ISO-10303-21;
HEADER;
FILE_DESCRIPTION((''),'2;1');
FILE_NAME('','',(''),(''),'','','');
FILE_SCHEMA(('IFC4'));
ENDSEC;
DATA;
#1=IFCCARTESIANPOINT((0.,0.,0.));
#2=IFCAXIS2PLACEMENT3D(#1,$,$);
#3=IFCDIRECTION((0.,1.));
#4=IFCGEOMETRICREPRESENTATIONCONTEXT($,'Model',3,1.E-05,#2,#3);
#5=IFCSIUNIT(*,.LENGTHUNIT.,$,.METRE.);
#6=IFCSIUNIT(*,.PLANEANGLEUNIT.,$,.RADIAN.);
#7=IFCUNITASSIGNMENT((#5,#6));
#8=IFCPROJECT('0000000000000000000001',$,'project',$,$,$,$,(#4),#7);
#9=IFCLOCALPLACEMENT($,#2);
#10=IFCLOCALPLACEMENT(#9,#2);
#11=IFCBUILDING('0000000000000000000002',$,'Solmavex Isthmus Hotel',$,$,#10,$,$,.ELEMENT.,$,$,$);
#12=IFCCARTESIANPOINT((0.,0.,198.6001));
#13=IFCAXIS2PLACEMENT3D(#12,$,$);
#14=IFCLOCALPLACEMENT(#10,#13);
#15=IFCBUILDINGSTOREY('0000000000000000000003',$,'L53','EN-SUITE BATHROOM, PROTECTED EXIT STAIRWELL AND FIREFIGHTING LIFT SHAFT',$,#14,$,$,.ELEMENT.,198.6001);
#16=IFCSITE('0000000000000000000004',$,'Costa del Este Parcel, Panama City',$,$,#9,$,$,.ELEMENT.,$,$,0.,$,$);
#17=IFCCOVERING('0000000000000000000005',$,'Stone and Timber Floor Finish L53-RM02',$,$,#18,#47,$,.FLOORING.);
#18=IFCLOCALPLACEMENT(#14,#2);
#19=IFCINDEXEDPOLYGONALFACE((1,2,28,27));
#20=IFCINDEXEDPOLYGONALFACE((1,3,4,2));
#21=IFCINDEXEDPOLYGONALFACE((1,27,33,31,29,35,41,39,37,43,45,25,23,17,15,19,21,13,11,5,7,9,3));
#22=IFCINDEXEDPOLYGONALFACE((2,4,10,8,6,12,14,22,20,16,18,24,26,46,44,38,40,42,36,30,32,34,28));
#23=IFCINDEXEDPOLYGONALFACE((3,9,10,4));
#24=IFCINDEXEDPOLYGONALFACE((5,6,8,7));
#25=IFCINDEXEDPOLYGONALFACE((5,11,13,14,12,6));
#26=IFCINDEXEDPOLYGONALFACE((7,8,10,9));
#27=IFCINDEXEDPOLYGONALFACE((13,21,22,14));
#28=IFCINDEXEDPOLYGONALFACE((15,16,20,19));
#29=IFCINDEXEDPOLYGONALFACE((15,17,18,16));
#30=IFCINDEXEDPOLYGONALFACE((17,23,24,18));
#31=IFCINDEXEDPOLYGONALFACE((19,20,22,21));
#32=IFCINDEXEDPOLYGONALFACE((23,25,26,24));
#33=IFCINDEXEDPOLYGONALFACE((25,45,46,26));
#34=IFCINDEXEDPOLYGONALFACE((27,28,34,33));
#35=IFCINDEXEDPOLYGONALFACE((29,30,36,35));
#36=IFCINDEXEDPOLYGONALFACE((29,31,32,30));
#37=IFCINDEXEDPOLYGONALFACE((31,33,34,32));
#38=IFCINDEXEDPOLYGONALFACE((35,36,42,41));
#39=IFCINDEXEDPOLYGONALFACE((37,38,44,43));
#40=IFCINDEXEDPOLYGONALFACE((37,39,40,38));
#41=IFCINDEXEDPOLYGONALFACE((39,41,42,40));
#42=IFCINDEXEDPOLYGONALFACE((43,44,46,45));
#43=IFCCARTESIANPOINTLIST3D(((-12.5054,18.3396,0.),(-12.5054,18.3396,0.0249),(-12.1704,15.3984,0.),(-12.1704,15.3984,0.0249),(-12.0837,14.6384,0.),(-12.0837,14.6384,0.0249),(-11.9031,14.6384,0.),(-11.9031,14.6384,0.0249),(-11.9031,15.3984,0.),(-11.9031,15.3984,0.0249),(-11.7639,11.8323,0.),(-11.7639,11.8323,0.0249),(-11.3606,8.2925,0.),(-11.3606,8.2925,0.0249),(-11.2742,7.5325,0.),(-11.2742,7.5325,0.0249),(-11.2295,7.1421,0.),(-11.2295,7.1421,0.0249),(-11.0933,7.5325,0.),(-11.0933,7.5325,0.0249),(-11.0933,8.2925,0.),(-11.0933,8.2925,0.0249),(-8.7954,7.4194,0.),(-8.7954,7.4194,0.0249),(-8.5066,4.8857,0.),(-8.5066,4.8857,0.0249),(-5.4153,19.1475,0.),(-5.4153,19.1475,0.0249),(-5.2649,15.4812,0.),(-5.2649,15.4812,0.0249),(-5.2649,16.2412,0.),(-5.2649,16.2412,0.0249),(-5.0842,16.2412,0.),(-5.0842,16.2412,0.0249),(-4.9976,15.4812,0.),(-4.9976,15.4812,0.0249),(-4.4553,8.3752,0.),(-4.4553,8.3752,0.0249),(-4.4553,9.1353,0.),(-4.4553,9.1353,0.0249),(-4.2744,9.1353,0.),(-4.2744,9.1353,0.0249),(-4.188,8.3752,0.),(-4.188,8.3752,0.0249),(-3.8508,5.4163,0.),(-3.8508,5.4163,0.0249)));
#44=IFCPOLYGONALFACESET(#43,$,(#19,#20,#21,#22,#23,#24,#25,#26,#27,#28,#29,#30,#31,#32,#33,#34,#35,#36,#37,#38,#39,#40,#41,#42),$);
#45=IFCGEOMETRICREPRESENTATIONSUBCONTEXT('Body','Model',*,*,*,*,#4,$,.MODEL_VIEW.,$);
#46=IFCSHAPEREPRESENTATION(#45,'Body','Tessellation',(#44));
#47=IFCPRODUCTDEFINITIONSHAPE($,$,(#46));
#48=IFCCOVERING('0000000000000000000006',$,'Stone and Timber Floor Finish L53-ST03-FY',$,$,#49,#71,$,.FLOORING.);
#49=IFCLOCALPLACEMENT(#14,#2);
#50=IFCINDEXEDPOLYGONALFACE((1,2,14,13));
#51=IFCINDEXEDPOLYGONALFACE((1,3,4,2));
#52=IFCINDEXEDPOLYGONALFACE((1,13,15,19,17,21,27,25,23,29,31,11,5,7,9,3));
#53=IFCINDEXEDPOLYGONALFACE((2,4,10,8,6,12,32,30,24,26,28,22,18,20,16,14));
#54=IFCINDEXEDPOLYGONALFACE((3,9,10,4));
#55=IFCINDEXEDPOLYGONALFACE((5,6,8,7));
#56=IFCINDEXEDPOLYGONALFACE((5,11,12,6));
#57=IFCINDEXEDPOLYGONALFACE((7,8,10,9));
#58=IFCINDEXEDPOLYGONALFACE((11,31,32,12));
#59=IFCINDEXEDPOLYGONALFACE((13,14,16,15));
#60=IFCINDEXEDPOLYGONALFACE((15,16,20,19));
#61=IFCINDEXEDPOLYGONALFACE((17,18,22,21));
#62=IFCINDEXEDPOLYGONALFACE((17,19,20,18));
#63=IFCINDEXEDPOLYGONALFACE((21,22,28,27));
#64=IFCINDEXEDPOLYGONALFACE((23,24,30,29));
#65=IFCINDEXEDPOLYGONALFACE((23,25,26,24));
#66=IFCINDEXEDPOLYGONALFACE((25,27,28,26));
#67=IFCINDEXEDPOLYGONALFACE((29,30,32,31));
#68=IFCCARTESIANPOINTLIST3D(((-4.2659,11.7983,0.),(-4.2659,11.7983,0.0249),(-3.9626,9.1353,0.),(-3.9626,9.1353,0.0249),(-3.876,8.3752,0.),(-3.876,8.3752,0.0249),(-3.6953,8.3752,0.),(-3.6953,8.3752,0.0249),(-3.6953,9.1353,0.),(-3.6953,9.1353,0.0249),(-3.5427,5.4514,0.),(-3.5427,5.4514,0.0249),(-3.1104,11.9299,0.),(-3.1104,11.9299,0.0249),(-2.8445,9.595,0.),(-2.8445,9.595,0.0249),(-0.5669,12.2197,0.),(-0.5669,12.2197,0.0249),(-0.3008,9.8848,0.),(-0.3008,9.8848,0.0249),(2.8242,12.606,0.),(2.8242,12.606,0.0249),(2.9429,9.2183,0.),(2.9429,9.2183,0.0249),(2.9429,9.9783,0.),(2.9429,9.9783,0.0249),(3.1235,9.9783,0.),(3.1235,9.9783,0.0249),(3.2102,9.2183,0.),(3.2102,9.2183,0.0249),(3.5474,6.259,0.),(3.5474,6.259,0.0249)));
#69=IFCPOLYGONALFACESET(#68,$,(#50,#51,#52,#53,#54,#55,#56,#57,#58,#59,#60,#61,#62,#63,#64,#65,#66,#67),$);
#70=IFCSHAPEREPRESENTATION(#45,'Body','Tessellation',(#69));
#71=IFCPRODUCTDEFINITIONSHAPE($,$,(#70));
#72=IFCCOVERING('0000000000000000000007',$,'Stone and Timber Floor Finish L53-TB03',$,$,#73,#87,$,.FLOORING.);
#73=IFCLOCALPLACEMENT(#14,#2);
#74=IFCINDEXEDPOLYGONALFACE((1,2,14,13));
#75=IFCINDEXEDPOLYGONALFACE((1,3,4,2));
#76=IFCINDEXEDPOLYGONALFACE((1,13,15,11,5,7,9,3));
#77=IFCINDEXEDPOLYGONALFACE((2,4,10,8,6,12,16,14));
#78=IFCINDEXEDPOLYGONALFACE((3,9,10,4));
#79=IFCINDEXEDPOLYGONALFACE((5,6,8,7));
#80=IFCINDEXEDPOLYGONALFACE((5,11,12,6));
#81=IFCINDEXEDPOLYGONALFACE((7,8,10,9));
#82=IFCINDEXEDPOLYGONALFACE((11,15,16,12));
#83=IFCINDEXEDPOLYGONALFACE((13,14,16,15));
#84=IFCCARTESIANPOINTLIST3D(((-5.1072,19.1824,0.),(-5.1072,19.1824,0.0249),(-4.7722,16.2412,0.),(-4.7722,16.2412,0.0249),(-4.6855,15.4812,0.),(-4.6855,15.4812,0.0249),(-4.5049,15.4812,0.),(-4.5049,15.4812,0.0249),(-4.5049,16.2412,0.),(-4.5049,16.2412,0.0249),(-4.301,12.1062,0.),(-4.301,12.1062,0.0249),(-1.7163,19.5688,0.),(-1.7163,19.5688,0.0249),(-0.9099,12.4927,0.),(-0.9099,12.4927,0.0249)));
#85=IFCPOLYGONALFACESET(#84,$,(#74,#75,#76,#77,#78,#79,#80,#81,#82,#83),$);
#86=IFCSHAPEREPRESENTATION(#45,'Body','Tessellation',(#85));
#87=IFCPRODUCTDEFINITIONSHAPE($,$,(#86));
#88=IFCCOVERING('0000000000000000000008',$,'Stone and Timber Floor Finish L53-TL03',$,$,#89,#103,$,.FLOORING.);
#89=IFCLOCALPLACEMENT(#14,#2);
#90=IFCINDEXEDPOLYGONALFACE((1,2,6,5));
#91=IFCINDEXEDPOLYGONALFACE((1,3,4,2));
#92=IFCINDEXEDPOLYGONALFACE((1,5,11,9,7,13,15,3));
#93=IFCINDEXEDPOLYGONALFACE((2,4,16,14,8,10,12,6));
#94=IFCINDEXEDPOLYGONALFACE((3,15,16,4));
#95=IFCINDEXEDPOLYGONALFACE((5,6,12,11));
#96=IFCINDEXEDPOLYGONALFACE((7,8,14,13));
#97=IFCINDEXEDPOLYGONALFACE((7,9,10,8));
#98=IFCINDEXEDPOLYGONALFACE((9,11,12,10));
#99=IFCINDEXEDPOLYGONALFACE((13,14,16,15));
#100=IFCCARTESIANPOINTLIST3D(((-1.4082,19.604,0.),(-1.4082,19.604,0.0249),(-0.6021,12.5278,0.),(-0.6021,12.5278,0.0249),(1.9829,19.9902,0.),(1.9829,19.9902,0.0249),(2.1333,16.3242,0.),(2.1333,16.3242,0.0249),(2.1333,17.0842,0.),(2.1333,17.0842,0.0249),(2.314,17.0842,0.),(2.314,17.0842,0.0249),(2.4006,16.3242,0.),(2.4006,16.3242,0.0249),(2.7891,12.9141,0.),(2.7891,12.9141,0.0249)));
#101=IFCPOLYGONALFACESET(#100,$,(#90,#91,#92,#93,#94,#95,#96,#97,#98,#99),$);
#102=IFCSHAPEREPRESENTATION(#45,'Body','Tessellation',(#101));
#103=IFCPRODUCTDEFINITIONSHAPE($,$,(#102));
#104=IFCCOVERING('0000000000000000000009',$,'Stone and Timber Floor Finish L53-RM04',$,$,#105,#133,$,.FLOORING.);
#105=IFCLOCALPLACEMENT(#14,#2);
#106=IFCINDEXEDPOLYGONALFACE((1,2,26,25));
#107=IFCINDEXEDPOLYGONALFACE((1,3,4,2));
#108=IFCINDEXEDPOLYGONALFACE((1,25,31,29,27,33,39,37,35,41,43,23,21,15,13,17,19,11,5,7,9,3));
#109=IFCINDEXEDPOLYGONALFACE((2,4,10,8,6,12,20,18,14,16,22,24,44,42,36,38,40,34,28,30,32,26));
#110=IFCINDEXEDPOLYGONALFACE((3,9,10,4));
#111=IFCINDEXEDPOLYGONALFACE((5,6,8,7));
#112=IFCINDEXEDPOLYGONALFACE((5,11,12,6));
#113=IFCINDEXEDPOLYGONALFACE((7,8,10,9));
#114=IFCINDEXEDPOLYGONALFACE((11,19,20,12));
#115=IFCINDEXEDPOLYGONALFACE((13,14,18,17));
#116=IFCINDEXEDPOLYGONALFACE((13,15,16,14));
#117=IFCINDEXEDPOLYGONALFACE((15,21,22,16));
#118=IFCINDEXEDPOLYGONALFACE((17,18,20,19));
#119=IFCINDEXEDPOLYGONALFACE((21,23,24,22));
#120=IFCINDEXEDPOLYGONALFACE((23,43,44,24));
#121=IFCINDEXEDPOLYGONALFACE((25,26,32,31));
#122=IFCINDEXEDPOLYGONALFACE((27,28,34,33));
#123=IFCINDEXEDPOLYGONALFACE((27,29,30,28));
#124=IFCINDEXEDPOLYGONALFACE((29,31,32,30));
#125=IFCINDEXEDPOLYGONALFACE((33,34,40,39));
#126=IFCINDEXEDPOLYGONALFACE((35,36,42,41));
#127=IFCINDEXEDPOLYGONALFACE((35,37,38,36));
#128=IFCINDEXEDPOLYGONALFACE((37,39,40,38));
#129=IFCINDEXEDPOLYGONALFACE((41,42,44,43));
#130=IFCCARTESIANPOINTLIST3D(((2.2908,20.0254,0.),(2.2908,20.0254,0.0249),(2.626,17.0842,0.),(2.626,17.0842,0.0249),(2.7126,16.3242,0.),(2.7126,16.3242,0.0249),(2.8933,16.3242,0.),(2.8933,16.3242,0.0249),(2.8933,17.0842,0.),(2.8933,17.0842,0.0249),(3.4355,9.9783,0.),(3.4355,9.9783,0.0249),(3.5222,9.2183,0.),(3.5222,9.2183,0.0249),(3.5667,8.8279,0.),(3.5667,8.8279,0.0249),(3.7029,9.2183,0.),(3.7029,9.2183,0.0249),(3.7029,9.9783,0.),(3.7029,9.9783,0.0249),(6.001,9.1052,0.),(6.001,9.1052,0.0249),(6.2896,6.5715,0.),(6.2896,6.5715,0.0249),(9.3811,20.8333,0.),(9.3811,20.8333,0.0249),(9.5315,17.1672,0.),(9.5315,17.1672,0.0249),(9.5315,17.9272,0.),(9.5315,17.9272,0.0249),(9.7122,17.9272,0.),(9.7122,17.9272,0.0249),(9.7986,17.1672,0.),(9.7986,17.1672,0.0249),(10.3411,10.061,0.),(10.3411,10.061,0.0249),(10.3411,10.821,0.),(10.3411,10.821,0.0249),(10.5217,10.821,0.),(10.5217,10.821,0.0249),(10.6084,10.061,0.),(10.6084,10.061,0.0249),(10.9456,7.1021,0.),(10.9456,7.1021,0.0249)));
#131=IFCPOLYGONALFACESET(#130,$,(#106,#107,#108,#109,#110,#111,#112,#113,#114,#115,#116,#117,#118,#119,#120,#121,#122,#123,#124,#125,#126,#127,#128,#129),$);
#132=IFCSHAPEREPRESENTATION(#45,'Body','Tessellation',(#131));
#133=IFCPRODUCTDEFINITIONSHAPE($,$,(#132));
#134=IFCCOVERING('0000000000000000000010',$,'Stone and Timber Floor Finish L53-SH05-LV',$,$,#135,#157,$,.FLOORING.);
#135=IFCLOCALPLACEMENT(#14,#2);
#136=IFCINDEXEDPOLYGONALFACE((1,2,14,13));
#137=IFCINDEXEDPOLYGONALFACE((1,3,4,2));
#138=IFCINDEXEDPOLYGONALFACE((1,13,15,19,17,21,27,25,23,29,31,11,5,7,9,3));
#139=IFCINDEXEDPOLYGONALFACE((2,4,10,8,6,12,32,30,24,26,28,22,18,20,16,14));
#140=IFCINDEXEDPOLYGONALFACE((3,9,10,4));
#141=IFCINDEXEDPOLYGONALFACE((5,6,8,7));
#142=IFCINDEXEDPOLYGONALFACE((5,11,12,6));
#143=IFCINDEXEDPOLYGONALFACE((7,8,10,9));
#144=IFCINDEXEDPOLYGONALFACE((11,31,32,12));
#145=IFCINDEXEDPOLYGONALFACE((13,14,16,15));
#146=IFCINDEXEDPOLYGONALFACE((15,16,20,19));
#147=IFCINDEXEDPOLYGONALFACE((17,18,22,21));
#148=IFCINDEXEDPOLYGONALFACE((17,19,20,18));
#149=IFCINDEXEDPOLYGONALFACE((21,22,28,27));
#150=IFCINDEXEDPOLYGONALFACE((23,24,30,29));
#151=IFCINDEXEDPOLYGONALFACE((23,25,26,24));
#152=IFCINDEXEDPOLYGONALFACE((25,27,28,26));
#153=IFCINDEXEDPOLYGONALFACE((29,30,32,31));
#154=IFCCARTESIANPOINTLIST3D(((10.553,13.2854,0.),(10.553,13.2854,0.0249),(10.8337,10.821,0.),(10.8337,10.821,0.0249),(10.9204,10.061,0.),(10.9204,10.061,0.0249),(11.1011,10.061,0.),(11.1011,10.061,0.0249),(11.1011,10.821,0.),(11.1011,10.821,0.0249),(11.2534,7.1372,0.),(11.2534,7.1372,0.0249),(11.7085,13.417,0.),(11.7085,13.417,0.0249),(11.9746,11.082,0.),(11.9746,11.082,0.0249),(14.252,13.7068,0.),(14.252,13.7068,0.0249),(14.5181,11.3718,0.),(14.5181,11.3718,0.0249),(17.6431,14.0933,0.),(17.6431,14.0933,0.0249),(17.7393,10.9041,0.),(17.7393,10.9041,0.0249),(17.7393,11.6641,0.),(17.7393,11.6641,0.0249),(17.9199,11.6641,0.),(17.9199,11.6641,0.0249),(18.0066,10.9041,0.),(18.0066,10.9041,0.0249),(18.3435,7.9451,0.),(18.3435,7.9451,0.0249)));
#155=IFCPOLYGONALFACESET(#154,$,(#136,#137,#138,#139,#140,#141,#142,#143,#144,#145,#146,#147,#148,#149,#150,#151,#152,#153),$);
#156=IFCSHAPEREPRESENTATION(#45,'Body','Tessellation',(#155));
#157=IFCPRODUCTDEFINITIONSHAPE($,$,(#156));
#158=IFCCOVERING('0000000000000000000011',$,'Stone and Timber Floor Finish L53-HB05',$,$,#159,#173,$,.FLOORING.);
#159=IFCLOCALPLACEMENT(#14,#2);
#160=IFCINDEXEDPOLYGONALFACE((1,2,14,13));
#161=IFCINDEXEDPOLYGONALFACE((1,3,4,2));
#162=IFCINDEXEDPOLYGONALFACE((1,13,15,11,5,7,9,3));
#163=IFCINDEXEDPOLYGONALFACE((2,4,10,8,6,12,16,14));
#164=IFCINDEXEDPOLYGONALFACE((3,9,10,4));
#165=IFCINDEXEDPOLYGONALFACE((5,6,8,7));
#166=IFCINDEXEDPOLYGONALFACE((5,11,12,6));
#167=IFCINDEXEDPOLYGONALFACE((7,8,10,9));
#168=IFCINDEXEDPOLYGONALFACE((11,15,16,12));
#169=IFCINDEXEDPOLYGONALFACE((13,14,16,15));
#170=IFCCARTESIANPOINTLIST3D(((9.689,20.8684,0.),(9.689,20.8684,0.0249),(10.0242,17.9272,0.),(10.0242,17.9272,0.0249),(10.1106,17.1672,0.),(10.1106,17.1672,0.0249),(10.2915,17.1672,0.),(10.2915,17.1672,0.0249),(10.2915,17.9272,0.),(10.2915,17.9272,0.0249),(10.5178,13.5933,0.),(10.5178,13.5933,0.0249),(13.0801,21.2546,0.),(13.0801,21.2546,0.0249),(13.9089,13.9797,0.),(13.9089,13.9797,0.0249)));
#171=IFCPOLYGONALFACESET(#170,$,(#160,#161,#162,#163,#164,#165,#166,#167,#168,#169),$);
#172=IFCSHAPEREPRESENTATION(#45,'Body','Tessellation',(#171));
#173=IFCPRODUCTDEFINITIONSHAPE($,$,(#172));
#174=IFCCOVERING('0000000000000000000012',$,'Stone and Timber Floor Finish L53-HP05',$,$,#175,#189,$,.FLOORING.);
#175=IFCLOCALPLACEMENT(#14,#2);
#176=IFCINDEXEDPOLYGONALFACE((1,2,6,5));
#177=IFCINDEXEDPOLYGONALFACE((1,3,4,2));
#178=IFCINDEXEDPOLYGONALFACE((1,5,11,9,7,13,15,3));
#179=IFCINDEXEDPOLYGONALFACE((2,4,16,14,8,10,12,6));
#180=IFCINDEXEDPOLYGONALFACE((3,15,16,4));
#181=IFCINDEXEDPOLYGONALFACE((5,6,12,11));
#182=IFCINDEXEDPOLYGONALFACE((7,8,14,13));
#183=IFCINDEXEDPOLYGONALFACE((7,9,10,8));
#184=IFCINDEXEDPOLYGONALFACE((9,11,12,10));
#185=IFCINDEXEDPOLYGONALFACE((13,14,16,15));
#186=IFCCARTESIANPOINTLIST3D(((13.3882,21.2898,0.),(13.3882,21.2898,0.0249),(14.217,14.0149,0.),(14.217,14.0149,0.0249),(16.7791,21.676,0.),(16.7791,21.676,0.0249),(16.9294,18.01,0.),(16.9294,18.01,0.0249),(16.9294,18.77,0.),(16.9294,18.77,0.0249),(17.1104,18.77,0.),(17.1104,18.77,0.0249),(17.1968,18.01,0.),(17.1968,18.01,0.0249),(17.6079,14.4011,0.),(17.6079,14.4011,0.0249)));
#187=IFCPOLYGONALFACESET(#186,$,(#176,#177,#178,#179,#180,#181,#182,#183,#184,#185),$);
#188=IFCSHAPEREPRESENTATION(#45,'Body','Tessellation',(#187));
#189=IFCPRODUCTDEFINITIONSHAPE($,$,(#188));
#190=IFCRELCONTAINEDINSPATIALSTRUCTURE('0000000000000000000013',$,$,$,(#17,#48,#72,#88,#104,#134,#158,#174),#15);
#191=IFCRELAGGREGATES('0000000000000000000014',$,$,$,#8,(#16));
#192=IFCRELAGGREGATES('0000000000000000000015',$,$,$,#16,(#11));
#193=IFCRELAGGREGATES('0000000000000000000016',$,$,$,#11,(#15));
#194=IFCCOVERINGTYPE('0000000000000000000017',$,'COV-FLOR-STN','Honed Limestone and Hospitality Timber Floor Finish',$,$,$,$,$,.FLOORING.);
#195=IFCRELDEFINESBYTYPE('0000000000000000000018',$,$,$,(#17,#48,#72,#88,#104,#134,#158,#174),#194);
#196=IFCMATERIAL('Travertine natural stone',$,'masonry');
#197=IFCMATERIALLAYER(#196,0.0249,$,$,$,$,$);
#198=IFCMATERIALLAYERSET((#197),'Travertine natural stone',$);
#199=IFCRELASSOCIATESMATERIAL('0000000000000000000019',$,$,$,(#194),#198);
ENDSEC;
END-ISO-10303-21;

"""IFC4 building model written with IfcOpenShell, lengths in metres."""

from ifc_helpers import new_model, si_unit, direction, frame, origin, place, context, subcontext, project, spatial, polyline, outline, extrude, material, layer, layer_set, type_object, element, save


model = new_model("IFC4")

# Units and contexts
model_context = context("Model", 3, precision=1e-05, world=origin(), true_north=direction((0.0, 1.0)))
body_context = subcontext(model_context, "Body", "Model", "MODEL_VIEW")
ifc_project = project(units=[si_unit("LENGTHUNIT", "METRE"), si_unit("PLANEANGLEUNIT", "RADIAN")], contexts=[model_context])

# Site, building, storey
site_placement = place(None, origin())
site = spatial("IfcSite", under=ifc_project, at=site_placement, Name="Costa del Este Parcel, Panama City", CompositionType="ELEMENT", RefElevation=0.0)
building_placement = place(site_placement, origin())
building = spatial("IfcBuilding", under=site, at=building_placement, Name="Solmavex Isthmus Hotel", CompositionType="ELEMENT")
storey_placement = place(building_placement, frame((0.0, 0.0, 198.6001)))
storey = spatial("IfcBuildingStorey", under=building, at=storey_placement, Name="L53", Description="EN-SUITE BATHROOM, PROTECTED EXIT STAIRWELL AND FIREFIGHTING LIFT SHAFT", CompositionType="ELEMENT", Elevation=198.6001)

# Coverings
ifc_material_1 = material(Name="Travertine natural stone", Category="masonry")
ifc_layer_1 = layer(ifc_material_1, 0.0249)
ifc_layer_set_1 = layer_set([ifc_layer_1], Name="Travertine natural stone")
covering_type_1 = type_object("IfcCoveringType", Name="COV-FLOR-STN", Description="Honed Limestone and Hospitality Timber Floor Finish", PredefinedType="FLOORING", material=ifc_layer_set_1)
covering_1_placement = place(storey_placement, origin())
element("IfcCovering", 1, at=covering_1_placement, inside=storey, type_object=covering_type_1, Name="Stone and Timber Floor Finish L53-RM02", PredefinedType="FLOORING", context=body_context, shape_type="SweptSolid", body=[
    extrude(outline(polyline([(-11.3606, 8.2925), (-11.0933, 8.2925), (-11.0933, 7.5325), (-11.2742, 7.5325), (-11.2295, 7.1421), (-8.7954, 7.4194), (-8.5066, 4.8857), (-3.8508, 5.4163), (-4.188, 8.3752), (-4.4553, 8.3752), (-4.4553, 9.1353), (-4.2744, 9.1353), (-4.9976, 15.4812), (-5.2649, 15.4812), (-5.2649, 16.2412), (-5.0842, 16.2412), (-5.4153, 19.1475), (-12.5054, 18.3396), (-12.1704, 15.3984), (-11.9031, 15.3984), (-11.9031, 14.6384), (-12.0837, 14.6384), (-11.7639, 11.8323), (-11.3606, 8.2925)])), origin(), (0.0, 0.0, 1.0), 0.0249),
])
covering_2_placement = place(storey_placement, origin())
element("IfcCovering", 2, at=covering_2_placement, inside=storey, type_object=covering_type_1, Name="Stone and Timber Floor Finish L53-ST03-FY", PredefinedType="FLOORING", context=body_context, shape_type="SweptSolid", body=[
    extrude(outline(polyline([(3.2102, 9.2183), (2.9429, 9.2183), (2.9429, 9.9783), (3.1235, 9.9783), (2.8242, 12.606), (-0.5669, 12.2197), (-0.3008, 9.8848), (-2.8445, 9.595), (-3.1104, 11.9299), (-4.2659, 11.7983), (-3.9626, 9.1353), (-3.6953, 9.1353), (-3.6953, 8.3752), (-3.876, 8.3752), (-3.5427, 5.4514), (3.5474, 6.259), (3.2102, 9.2183)])), origin(), (0.0, 0.0, 1.0), 0.0249),
])
covering_3_placement = place(storey_placement, origin())
element("IfcCovering", 3, at=covering_3_placement, inside=storey, type_object=covering_type_1, Name="Stone and Timber Floor Finish L53-TB03", PredefinedType="FLOORING", context=body_context, shape_type="SweptSolid", body=[
    extrude(outline(polyline([(-4.7722, 16.2412), (-4.5049, 16.2412), (-4.5049, 15.4812), (-4.6855, 15.4812), (-4.301, 12.1062), (-0.9099, 12.4927), (-1.7163, 19.5688), (-5.1072, 19.1824), (-4.7722, 16.2412)])), origin(), (0.0, 0.0, 1.0), 0.0249),
])
covering_4_placement = place(storey_placement, origin())
element("IfcCovering", 4, at=covering_4_placement, inside=storey, type_object=covering_type_1, Name="Stone and Timber Floor Finish L53-TL03", PredefinedType="FLOORING", context=body_context, shape_type="SweptSolid", body=[
    extrude(outline(polyline([(2.4006, 16.3242), (2.1333, 16.3242), (2.1333, 17.0842), (2.314, 17.0842), (1.9829, 19.9902), (-1.4082, 19.604), (-0.6021, 12.5278), (2.7891, 12.9141), (2.4006, 16.3242)])), origin(), (0.0, 0.0, 1.0), 0.0249),
])
covering_5_placement = place(storey_placement, origin())
element("IfcCovering", 5, at=covering_5_placement, inside=storey, type_object=covering_type_1, Name="Stone and Timber Floor Finish L53-RM04", PredefinedType="FLOORING", context=body_context, shape_type="SweptSolid", body=[
    extrude(outline(polyline([(3.4355, 9.9783), (3.7029, 9.9783), (3.7029, 9.2183), (3.5222, 9.2183), (3.5667, 8.8279), (6.001, 9.1052), (6.2896, 6.5715), (10.9456, 7.1021), (10.6084, 10.061), (10.3411, 10.061), (10.3411, 10.821), (10.5217, 10.821), (9.7986, 17.1672), (9.5315, 17.1672), (9.5315, 17.9272), (9.7122, 17.9272), (9.3811, 20.8333), (2.2908, 20.0254), (2.626, 17.0842), (2.8933, 17.0842), (2.8933, 16.3242), (2.7126, 16.3242), (3.4355, 9.9783)])), origin(), (0.0, 0.0, 1.0), 0.0249),
])
covering_6_placement = place(storey_placement, origin())
element("IfcCovering", 6, at=covering_6_placement, inside=storey, type_object=covering_type_1, Name="Stone and Timber Floor Finish L53-SH05-LV", PredefinedType="FLOORING", context=body_context, shape_type="SweptSolid", body=[
    extrude(outline(polyline([(18.0066, 10.9041), (17.7393, 10.9041), (17.7393, 11.6641), (17.9199, 11.6641), (17.6431, 14.0933), (14.252, 13.7068), (14.5181, 11.3718), (11.9746, 11.082), (11.7085, 13.417), (10.553, 13.2854), (10.8337, 10.821), (11.1011, 10.821), (11.1011, 10.061), (10.9204, 10.061), (11.2534, 7.1372), (18.3435, 7.9451), (18.0066, 10.9041)])), origin(), (0.0, 0.0, 1.0), 0.0249),
])
covering_7_placement = place(storey_placement, origin())
element("IfcCovering", 7, at=covering_7_placement, inside=storey, type_object=covering_type_1, Name="Stone and Timber Floor Finish L53-HB05", PredefinedType="FLOORING", context=body_context, shape_type="SweptSolid", body=[
    extrude(outline(polyline([(10.0242, 17.9272), (10.2915, 17.9272), (10.2915, 17.1672), (10.1106, 17.1672), (10.5178, 13.5933), (13.9089, 13.9797), (13.0801, 21.2546), (9.689, 20.8684), (10.0242, 17.9272)])), origin(), (0.0, 0.0, 1.0), 0.0249),
])
covering_8_placement = place(storey_placement, origin())
element("IfcCovering", 8, at=covering_8_placement, inside=storey, type_object=covering_type_1, Name="Stone and Timber Floor Finish L53-HP05", PredefinedType="FLOORING", context=body_context, shape_type="SweptSolid", body=[
    extrude(outline(polyline([(17.1968, 18.01), (16.9294, 18.01), (16.9294, 18.77), (17.1104, 18.77), (16.7791, 21.676), (13.3882, 21.2898), (14.217, 14.0149), (17.6079, 14.4011), (17.1968, 18.01)])), origin(), (0.0, 0.0, 1.0), 0.0249),
])

save(model, "model.ifc")
